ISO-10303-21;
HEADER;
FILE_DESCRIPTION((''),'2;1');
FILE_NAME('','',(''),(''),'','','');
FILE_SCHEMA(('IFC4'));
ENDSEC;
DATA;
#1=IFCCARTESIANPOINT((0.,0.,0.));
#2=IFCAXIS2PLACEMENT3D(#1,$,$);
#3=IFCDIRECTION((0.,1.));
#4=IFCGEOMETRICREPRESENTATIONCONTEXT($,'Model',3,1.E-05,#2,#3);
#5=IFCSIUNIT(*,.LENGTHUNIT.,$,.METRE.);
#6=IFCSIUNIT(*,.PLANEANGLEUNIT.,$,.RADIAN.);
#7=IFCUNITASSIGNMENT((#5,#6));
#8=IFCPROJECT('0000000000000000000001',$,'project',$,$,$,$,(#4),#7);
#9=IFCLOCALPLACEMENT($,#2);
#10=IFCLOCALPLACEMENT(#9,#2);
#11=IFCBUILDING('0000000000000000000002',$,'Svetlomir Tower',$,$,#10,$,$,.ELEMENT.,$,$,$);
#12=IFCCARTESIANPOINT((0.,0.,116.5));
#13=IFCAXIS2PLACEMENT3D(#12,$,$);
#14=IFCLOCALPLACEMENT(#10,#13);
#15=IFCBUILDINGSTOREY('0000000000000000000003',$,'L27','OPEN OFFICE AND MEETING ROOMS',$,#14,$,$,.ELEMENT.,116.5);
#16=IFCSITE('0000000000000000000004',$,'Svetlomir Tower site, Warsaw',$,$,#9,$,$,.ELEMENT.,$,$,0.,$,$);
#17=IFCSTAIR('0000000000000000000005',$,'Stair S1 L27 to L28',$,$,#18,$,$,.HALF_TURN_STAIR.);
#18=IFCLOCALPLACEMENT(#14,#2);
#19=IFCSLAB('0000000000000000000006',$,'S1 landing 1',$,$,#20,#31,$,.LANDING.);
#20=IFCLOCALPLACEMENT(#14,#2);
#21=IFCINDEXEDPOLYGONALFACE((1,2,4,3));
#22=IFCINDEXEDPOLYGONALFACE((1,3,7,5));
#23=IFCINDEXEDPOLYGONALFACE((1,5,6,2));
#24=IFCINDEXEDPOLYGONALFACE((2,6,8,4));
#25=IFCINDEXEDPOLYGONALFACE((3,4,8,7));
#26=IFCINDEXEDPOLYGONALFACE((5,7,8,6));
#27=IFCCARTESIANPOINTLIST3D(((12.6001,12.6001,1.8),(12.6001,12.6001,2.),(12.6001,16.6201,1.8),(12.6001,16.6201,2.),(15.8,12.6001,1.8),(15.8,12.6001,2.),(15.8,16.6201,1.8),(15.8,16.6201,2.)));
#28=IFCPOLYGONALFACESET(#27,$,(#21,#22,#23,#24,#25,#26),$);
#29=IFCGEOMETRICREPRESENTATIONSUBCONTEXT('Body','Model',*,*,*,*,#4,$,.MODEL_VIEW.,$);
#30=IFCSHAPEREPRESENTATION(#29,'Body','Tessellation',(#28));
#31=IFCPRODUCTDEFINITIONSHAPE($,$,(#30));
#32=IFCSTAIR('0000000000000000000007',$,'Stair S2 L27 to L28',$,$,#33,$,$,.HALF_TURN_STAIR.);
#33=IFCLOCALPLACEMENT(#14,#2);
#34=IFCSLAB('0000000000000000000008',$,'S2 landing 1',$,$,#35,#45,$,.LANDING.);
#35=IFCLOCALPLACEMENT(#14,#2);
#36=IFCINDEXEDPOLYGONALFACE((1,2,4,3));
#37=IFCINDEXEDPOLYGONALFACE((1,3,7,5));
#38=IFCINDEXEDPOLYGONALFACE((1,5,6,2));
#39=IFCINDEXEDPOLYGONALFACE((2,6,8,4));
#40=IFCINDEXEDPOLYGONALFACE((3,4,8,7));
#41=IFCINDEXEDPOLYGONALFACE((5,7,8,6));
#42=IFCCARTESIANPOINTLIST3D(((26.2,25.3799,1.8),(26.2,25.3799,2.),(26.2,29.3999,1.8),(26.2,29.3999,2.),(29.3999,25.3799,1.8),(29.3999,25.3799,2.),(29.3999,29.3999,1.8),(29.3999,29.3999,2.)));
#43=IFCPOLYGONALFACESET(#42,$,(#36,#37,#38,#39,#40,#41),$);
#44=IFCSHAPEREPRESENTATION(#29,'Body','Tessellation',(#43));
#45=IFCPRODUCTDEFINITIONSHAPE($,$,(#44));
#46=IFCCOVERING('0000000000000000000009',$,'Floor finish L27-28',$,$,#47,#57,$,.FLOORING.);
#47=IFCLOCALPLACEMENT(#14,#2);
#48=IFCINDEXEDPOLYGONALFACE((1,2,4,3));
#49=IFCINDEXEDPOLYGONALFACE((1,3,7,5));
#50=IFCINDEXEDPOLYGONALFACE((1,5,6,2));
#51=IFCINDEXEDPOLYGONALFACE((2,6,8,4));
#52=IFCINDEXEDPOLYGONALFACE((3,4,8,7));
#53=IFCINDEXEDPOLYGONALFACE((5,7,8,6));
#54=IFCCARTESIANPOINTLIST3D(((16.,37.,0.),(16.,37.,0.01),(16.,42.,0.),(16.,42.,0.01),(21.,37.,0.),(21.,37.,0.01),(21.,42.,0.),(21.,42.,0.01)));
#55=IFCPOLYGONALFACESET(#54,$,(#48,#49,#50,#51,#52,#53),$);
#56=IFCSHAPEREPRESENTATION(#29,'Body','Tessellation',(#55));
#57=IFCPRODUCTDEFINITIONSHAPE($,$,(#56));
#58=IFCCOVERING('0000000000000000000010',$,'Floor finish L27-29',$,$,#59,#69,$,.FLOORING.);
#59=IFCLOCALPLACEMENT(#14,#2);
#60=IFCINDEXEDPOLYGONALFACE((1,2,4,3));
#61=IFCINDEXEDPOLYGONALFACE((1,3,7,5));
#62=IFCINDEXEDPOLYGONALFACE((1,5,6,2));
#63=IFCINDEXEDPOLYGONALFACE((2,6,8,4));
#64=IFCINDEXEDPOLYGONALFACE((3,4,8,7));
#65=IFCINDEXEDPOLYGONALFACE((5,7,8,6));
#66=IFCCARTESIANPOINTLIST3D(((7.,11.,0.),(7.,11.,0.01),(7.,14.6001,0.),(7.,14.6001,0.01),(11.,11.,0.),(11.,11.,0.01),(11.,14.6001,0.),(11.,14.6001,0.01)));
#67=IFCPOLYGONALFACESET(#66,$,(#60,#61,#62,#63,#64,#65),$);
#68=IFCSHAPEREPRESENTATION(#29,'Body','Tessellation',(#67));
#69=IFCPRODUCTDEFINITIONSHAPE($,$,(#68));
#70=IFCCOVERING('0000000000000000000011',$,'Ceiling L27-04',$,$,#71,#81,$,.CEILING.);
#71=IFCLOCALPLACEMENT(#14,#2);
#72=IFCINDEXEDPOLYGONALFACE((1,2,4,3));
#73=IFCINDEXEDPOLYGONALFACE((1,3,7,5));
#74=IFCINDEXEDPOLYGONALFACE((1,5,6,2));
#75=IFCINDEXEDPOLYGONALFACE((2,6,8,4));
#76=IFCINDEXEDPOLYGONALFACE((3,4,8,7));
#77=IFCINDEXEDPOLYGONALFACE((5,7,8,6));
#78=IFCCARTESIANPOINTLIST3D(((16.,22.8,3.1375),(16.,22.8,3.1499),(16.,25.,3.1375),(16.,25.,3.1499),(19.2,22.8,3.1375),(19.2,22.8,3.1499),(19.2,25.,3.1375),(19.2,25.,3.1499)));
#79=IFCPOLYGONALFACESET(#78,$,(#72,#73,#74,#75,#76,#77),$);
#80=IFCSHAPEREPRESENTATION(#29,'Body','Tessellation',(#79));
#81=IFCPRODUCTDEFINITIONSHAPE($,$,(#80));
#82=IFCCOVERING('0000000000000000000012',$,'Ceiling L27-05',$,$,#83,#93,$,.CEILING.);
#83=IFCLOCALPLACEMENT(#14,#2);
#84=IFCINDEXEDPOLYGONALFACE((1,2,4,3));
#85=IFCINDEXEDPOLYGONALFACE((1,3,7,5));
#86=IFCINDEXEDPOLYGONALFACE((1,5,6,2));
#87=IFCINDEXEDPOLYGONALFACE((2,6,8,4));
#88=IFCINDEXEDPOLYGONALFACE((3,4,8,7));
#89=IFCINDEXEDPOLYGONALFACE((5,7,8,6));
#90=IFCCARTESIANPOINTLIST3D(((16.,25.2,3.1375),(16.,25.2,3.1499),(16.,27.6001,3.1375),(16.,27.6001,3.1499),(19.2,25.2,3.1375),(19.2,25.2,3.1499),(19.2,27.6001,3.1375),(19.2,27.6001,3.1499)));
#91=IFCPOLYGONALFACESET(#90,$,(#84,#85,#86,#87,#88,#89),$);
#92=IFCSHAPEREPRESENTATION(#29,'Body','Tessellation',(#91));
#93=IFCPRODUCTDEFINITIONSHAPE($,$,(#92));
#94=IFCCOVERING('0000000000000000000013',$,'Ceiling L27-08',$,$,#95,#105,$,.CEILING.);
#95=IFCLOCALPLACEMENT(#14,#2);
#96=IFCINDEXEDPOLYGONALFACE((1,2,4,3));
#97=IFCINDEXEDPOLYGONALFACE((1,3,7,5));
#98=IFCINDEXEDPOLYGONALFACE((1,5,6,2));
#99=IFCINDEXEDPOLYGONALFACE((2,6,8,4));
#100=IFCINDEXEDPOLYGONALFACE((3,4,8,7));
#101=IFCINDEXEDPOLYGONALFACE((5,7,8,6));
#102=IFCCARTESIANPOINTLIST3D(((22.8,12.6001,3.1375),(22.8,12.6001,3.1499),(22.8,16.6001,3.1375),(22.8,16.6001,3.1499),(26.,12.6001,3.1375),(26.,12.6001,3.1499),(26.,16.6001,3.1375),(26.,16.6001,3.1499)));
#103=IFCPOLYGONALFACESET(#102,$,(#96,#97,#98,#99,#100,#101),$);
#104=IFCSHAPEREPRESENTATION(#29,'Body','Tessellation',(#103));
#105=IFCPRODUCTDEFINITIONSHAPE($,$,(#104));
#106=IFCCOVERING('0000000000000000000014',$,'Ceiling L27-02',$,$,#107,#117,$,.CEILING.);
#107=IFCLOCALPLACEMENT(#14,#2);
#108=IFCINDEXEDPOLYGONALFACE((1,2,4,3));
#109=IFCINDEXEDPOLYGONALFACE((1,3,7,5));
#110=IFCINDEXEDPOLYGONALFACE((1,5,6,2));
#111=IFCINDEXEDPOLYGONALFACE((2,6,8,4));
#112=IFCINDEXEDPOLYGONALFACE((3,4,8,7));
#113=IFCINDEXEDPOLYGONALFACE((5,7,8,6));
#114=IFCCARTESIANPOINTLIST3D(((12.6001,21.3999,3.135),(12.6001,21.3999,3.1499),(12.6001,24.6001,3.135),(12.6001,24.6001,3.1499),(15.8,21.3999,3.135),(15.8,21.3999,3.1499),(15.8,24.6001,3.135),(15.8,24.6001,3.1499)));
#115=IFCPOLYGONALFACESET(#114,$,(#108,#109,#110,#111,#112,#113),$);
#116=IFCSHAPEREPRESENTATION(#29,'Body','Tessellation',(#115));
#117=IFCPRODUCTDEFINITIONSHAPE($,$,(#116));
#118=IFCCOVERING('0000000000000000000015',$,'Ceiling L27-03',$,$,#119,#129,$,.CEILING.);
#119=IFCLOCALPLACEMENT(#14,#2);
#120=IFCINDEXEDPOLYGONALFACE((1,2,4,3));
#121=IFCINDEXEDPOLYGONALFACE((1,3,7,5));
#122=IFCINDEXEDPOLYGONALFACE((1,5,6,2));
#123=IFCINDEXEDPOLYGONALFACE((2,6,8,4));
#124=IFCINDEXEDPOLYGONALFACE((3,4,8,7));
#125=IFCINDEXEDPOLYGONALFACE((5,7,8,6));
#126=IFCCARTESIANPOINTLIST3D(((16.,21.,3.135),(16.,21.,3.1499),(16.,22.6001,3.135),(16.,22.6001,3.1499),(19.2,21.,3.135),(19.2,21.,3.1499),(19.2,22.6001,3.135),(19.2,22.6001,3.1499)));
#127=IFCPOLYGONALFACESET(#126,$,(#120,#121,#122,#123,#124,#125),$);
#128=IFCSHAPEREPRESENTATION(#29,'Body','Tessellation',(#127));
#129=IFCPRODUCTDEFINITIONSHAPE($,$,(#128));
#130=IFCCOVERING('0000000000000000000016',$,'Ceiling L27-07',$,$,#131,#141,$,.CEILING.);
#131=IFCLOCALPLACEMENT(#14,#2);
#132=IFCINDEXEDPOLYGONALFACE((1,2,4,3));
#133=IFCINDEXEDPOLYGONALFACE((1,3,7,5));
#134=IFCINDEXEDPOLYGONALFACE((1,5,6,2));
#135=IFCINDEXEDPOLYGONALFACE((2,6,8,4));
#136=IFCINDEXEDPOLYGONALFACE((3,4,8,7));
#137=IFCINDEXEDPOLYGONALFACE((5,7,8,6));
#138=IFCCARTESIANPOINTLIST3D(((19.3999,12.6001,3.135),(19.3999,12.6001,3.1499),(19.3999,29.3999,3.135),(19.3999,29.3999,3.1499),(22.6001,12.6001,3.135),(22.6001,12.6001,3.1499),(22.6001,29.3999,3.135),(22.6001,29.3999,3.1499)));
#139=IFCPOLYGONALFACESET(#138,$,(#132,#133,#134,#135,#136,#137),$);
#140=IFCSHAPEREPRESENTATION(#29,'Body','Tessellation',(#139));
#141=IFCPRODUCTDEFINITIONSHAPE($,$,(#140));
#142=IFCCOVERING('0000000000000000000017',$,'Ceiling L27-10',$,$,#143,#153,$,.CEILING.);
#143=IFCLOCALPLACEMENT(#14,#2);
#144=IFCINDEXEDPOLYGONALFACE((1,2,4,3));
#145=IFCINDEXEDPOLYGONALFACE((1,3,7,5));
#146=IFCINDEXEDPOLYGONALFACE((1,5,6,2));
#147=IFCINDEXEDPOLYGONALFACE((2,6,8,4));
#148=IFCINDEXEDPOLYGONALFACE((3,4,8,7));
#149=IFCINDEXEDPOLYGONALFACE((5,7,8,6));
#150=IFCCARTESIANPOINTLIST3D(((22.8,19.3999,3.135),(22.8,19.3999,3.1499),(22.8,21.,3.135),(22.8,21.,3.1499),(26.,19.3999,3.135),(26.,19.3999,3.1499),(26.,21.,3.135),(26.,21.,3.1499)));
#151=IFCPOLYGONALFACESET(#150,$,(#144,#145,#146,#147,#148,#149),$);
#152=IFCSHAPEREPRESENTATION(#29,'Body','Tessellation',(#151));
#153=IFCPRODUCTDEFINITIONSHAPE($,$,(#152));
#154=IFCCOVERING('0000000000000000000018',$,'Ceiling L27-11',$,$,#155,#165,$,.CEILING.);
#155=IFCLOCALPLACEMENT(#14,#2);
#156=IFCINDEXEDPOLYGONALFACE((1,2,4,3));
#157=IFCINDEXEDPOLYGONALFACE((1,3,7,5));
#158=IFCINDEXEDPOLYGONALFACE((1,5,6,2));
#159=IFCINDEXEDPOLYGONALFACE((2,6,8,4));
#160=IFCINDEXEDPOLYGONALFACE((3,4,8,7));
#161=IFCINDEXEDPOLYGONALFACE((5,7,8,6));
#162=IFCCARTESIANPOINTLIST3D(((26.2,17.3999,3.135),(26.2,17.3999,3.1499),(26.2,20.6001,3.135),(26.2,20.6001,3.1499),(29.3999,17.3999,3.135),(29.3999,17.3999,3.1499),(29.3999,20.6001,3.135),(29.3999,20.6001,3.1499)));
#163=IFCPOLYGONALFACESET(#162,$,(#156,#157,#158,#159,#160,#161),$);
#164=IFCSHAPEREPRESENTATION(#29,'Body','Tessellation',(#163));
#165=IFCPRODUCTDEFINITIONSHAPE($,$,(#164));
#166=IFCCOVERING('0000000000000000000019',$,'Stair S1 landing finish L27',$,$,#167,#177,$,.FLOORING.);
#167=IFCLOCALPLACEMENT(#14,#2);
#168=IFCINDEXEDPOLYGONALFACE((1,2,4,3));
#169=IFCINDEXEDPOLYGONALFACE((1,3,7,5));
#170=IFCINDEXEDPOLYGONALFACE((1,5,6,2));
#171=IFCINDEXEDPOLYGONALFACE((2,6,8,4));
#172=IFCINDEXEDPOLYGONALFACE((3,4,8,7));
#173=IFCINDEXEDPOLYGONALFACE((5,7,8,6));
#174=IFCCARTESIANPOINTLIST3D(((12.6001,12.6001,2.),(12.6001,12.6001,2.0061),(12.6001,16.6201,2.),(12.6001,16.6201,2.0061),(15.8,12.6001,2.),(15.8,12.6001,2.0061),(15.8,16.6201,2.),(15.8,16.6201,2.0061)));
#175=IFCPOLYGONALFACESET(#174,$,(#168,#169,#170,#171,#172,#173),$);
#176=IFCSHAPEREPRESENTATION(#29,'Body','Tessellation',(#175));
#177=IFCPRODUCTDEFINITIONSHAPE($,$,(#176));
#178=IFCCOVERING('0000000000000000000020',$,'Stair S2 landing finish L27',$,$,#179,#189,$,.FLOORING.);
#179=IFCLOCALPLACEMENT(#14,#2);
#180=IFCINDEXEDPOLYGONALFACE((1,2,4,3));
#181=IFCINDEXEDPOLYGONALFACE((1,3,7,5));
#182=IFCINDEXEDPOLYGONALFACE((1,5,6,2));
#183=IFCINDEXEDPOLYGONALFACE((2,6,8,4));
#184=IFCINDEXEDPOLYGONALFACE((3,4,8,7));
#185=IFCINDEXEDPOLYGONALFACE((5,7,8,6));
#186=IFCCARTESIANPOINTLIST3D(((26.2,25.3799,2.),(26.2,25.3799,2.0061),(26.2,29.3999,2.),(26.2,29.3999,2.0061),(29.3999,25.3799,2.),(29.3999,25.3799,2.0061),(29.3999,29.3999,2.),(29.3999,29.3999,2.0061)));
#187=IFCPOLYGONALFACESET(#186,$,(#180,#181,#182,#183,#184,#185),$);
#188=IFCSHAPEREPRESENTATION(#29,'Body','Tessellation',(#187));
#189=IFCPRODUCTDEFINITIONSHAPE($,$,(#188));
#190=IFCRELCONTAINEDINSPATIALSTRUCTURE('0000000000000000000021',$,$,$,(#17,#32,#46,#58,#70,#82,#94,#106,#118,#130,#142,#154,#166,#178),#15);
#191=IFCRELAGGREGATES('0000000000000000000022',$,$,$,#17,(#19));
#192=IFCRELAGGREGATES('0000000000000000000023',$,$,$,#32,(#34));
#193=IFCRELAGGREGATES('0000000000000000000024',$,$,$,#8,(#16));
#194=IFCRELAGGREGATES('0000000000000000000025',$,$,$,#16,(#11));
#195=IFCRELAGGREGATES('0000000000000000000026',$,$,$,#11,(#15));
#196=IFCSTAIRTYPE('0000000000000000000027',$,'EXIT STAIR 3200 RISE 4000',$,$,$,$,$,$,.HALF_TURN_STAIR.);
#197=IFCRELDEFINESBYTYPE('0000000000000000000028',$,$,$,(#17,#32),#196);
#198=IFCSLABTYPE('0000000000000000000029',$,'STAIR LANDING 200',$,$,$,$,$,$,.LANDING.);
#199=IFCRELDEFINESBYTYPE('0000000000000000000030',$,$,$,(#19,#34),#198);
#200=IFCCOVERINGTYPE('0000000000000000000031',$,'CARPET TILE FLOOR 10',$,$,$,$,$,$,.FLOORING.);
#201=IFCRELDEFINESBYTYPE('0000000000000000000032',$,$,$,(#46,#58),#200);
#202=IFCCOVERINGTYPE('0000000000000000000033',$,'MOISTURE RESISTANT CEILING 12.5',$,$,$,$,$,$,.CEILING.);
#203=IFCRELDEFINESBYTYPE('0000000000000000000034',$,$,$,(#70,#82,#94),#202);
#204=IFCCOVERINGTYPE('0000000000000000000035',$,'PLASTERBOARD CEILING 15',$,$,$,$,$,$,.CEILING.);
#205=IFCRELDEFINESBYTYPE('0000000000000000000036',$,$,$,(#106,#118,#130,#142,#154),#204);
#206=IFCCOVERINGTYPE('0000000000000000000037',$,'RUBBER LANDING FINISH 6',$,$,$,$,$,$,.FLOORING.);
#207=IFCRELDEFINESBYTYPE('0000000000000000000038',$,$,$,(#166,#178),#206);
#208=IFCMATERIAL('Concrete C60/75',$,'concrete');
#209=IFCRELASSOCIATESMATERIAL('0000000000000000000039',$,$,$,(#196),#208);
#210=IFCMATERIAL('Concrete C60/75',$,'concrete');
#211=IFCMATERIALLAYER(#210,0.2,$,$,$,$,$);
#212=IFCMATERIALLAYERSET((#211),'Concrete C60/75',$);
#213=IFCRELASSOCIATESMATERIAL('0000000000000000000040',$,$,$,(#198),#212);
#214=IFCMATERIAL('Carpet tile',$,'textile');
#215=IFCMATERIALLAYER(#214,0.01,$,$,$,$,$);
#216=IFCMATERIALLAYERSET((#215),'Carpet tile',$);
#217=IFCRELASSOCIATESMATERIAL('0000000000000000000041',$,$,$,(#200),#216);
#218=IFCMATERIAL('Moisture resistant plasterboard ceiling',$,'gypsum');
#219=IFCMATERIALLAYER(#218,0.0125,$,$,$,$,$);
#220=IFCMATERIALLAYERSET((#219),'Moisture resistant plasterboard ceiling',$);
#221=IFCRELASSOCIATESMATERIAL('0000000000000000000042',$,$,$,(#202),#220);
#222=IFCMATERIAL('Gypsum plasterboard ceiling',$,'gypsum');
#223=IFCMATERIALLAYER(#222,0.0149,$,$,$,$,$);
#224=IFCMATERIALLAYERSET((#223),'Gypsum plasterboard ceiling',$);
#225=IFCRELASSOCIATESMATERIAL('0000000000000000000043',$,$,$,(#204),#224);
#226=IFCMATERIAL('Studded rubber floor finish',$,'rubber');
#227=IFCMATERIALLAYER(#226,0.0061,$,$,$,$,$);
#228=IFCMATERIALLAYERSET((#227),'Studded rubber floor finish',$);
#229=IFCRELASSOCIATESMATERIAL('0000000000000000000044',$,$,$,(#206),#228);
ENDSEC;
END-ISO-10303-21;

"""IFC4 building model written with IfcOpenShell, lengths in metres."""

from ifc_helpers import new_model, si_unit, direction, frame, origin, place, context, subcontext, project, spatial, polyline, outline, extrude, material, layer, layer_set, type_object, element, aggregate, save


model = new_model("IFC4")

# Units and contexts
model_context = context("Model", 3, precision=1e-05, world=origin(), true_north=direction((0.0, 1.0)))
body_context = subcontext(model_context, "Body", "Model", "MODEL_VIEW")
ifc_project = project(units=[si_unit("LENGTHUNIT", "METRE"), si_unit("PLANEANGLEUNIT", "RADIAN")], contexts=[model_context])

# Site, building, storey
site_placement = place(None, origin())
site = spatial("IfcSite", under=ifc_project, at=site_placement, Name="Svetlomir Tower site, Warsaw", CompositionType="ELEMENT", RefElevation=0.0)
building_placement = place(site_placement, origin())
building = spatial("IfcBuilding", under=site, at=building_placement, Name="Svetlomir Tower", CompositionType="ELEMENT")
storey_placement = place(building_placement, frame((0.0, 0.0, 116.5)))
storey = spatial("IfcBuildingStorey", under=building, at=storey_placement, Name="L27", Description="OPEN OFFICE AND MEETING ROOMS", CompositionType="ELEMENT", Elevation=116.5)

# Stairs, slabs
ifc_material_1 = material(Name="Concrete C60/75", Category="concrete")
stair_type = type_object("IfcStairType", Name="EXIT STAIR 3200 RISE 4000", PredefinedType="HALF_TURN_STAIR", material=ifc_material_1)
stair_1_placement = place(storey_placement, origin())
stair_1 = element("IfcStair", 1, at=stair_1_placement, inside=storey, type_object=stair_type, Name="Stair S1 L27 to L28", PredefinedType="HALF_TURN_STAIR")
ifc_material_2 = material(Name="Concrete C60/75", Category="concrete")
ifc_layer_1 = layer(ifc_material_2, 0.2)
ifc_layer_set_1 = layer_set([ifc_layer_1], Name="Concrete C60/75")
slab_type = type_object("IfcSlabType", Name="STAIR LANDING 200", PredefinedType="LANDING", material=ifc_layer_set_1)
slab_1_placement = place(storey_placement, frame((0.0, 0.0, 1.8)))
slab_1 = element("IfcSlab", 2, at=slab_1_placement, type_object=slab_type, Name="S1 landing 1", PredefinedType="LANDING", context=body_context, shape_type="SweptSolid", body=[
    extrude(outline(polyline([(12.6001, 12.6001), (15.8, 12.6001), (15.8, 16.6201), (12.6001, 16.6201), (12.6001, 12.6001)])), origin(), (0.0, 0.0, 1.0), 0.2),
])
aggregate(stair_1, [slab_1])
stair_2_placement = place(storey_placement, origin())
stair_2 = element("IfcStair", 3, at=stair_2_placement, inside=storey, type_object=stair_type, Name="Stair S2 L27 to L28", PredefinedType="HALF_TURN_STAIR")
slab_2_placement = place(storey_placement, frame((0.0, 0.0, 1.8)))
slab_2 = element("IfcSlab", 4, at=slab_2_placement, type_object=slab_type, Name="S2 landing 1", PredefinedType="LANDING", context=body_context, shape_type="SweptSolid", body=[
    extrude(outline(polyline([(26.2, 25.3799), (29.3999, 25.3799), (29.3999, 29.3999), (26.2, 29.3999), (26.2, 25.3799)])), origin(), (0.0, 0.0, 1.0), 0.2),
])
aggregate(stair_2, [slab_2])

# Coverings
ifc_material_3 = material(Name="Carpet tile", Category="textile")
ifc_layer_2 = layer(ifc_material_3, 0.01)
ifc_layer_set_2 = layer_set([ifc_layer_2], Name="Carpet tile")
covering_type_1 = type_object("IfcCoveringType", Name="CARPET TILE FLOOR 10", PredefinedType="FLOORING", material=ifc_layer_set_2)
covering_1_placement = place(storey_placement, origin())
element("IfcCovering", 5, at=covering_1_placement, inside=storey, type_object=covering_type_1, Name="Floor finish L27-28", PredefinedType="FLOORING", context=body_context, shape_type="SweptSolid", body=[
    extrude(outline(polyline([(16.0, 37.0), (21.0, 37.0), (21.0, 42.0), (16.0, 42.0), (16.0, 37.0)])), origin(), (0.0, 0.0, 1.0), 0.01),
])
covering_2_placement = place(storey_placement, origin())
element("IfcCovering", 6, at=covering_2_placement, inside=storey, type_object=covering_type_1, Name="Floor finish L27-29", PredefinedType="FLOORING", context=body_context, shape_type="SweptSolid", body=[
    extrude(outline(polyline([(7.0, 11.0), (11.0, 11.0), (11.0, 14.6001), (7.0, 14.6001), (7.0, 11.0)])), origin(), (0.0, 0.0, 1.0), 0.01),
])
ifc_material_4 = material(Name="Moisture resistant plasterboard ceiling", Category="gypsum")
ifc_layer_3 = layer(ifc_material_4, 0.0125)
ifc_layer_set_3 = layer_set([ifc_layer_3], Name="Moisture resistant plasterboard ceiling")
covering_type_2 = type_object("IfcCoveringType", Name="MOISTURE RESISTANT CEILING 12.5", PredefinedType="CEILING", material=ifc_layer_set_3)
covering_3_placement = place(storey_placement, frame((0.0, 0.0, 3.1375)))
element("IfcCovering", 7, at=covering_3_placement, inside=storey, type_object=covering_type_2, Name="Ceiling L27-04", PredefinedType="CEILING", context=body_context, shape_type="SweptSolid", body=[
    extrude(outline(polyline([(16.0, 22.8), (19.2, 22.8), (19.2, 25.0), (16.0, 25.0), (16.0, 22.8)])), origin(), (0.0, 0.0, 1.0), 0.0125),
])
covering_4_placement = place(storey_placement, frame((0.0, 0.0, 3.1375)))
element("IfcCovering", 8, at=covering_4_placement, inside=storey, type_object=covering_type_2, Name="Ceiling L27-05", PredefinedType="CEILING", context=body_context, shape_type="SweptSolid", body=[
    extrude(outline(polyline([(16.0, 25.2), (19.2, 25.2), (19.2, 27.6001), (16.0, 27.6001), (16.0, 25.2)])), origin(), (0.0, 0.0, 1.0), 0.0125),
])
covering_5_placement = place(storey_placement, frame((0.0, 0.0, 3.1375)))
element("IfcCovering", 9, at=covering_5_placement, inside=storey, type_object=covering_type_2, Name="Ceiling L27-08", PredefinedType="CEILING", context=body_context, shape_type="SweptSolid", body=[
    extrude(outline(polyline([(22.8, 12.6001), (26.0, 12.6001), (26.0, 16.6001), (22.8, 16.6001), (22.8, 12.6001)])), origin(), (0.0, 0.0, 1.0), 0.0125),
])
ifc_material_5 = material(Name="Gypsum plasterboard ceiling", Category="gypsum")
ifc_layer_4 = layer(ifc_material_5, 0.0149)
ifc_layer_set_4 = layer_set([ifc_layer_4], Name="Gypsum plasterboard ceiling")
covering_type_3 = type_object("IfcCoveringType", Name="PLASTERBOARD CEILING 15", PredefinedType="CEILING", material=ifc_layer_set_4)
covering_6_placement = place(storey_placement, frame((0.0, 0.0, 3.135)))
element("IfcCovering", 10, at=covering_6_placement, inside=storey, type_object=covering_type_3, Name="Ceiling L27-02", PredefinedType="CEILING", context=body_context, shape_type="SweptSolid", body=[
    extrude(outline(polyline([(12.6001, 21.3999), (15.8, 21.3999), (15.8, 24.6001), (12.6001, 24.6001), (12.6001, 21.3999)])), origin(), (0.0, 0.0, 1.0), 0.0149),
])
covering_7_placement = place(storey_placement, frame((0.0, 0.0, 3.135)))
element("IfcCovering", 11, at=covering_7_placement, inside=storey, type_object=covering_type_3, Name="Ceiling L27-03", PredefinedType="CEILING", context=body_context, shape_type="SweptSolid", body=[
    extrude(outline(polyline([(16.0, 21.0), (19.2, 21.0), (19.2, 22.6001), (16.0, 22.6001), (16.0, 21.0)])), origin(), (0.0, 0.0, 1.0), 0.0149),
])
covering_8_placement = place(storey_placement, frame((0.0, 0.0, 3.135)))
element("IfcCovering", 12, at=covering_8_placement, inside=storey, type_object=covering_type_3, Name="Ceiling L27-07", PredefinedType="CEILING", context=body_context, shape_type="SweptSolid", body=[
    extrude(outline(polyline([(19.3999, 12.6001), (22.6001, 12.6001), (22.6001, 29.3999), (19.3999, 29.3999), (19.3999, 12.6001)])), origin(), (0.0, 0.0, 1.0), 0.0149),
])
covering_9_placement = place(storey_placement, frame((0.0, 0.0, 3.135)))
element("IfcCovering", 13, at=covering_9_placement, inside=storey, type_object=covering_type_3, Name="Ceiling L27-10", PredefinedType="CEILING", context=body_context, shape_type="SweptSolid", body=[
    extrude(outline(polyline([(22.8, 19.3999), (26.0, 19.3999), (26.0, 21.0), (22.8, 21.0), (22.8, 19.3999)])), origin(), (0.0, 0.0, 1.0), 0.0149),
])
covering_10_placement = place(storey_placement, frame((0.0, 0.0, 3.135)))
element("IfcCovering", 14, at=covering_10_placement, inside=storey, type_object=covering_type_3, Name="Ceiling L27-11", PredefinedType="CEILING", context=body_context, shape_type="SweptSolid", body=[
    extrude(outline(polyline([(26.2, 17.3999), (29.3999, 17.3999), (29.3999, 20.6001), (26.2, 20.6001), (26.2, 17.3999)])), origin(), (0.0, 0.0, 1.0), 0.0149),
])
ifc_material_6 = material(Name="Studded rubber floor finish", Category="rubber")
ifc_layer_5 = layer(ifc_material_6, 0.0061)
ifc_layer_set_5 = layer_set([ifc_layer_5], Name="Studded rubber floor finish")
covering_type_4 = type_object("IfcCoveringType", Name="RUBBER LANDING FINISH 6", PredefinedType="FLOORING", material=ifc_layer_set_5)
covering_11_placement = place(storey_placement, frame((0.0, 0.0, 2.0)))
element("IfcCovering", 15, at=covering_11_placement, inside=storey, type_object=covering_type_4, Name="Stair S1 landing finish L27", PredefinedType="FLOORING", context=body_context, shape_type="SweptSolid", body=[
    extrude(outline(polyline([(12.6001, 12.6001), (15.8, 12.6001), (15.8, 16.6201), (12.6001, 16.6201), (12.6001, 12.6001)])), origin(), (0.0, 0.0, 1.0), 0.0061),
])
covering_12_placement = place(storey_placement, frame((0.0, 0.0, 2.0)))
element("IfcCovering", 16, at=covering_12_placement, inside=storey, type_object=covering_type_4, Name="Stair S2 landing finish L27", PredefinedType="FLOORING", context=body_context, shape_type="SweptSolid", body=[
    extrude(outline(polyline([(26.2, 25.3799), (29.3999, 25.3799), (29.3999, 29.3999), (26.2, 29.3999), (26.2, 25.3799)])), origin(), (0.0, 0.0, 1.0), 0.0061),
])

save(model, "model.ifc")
